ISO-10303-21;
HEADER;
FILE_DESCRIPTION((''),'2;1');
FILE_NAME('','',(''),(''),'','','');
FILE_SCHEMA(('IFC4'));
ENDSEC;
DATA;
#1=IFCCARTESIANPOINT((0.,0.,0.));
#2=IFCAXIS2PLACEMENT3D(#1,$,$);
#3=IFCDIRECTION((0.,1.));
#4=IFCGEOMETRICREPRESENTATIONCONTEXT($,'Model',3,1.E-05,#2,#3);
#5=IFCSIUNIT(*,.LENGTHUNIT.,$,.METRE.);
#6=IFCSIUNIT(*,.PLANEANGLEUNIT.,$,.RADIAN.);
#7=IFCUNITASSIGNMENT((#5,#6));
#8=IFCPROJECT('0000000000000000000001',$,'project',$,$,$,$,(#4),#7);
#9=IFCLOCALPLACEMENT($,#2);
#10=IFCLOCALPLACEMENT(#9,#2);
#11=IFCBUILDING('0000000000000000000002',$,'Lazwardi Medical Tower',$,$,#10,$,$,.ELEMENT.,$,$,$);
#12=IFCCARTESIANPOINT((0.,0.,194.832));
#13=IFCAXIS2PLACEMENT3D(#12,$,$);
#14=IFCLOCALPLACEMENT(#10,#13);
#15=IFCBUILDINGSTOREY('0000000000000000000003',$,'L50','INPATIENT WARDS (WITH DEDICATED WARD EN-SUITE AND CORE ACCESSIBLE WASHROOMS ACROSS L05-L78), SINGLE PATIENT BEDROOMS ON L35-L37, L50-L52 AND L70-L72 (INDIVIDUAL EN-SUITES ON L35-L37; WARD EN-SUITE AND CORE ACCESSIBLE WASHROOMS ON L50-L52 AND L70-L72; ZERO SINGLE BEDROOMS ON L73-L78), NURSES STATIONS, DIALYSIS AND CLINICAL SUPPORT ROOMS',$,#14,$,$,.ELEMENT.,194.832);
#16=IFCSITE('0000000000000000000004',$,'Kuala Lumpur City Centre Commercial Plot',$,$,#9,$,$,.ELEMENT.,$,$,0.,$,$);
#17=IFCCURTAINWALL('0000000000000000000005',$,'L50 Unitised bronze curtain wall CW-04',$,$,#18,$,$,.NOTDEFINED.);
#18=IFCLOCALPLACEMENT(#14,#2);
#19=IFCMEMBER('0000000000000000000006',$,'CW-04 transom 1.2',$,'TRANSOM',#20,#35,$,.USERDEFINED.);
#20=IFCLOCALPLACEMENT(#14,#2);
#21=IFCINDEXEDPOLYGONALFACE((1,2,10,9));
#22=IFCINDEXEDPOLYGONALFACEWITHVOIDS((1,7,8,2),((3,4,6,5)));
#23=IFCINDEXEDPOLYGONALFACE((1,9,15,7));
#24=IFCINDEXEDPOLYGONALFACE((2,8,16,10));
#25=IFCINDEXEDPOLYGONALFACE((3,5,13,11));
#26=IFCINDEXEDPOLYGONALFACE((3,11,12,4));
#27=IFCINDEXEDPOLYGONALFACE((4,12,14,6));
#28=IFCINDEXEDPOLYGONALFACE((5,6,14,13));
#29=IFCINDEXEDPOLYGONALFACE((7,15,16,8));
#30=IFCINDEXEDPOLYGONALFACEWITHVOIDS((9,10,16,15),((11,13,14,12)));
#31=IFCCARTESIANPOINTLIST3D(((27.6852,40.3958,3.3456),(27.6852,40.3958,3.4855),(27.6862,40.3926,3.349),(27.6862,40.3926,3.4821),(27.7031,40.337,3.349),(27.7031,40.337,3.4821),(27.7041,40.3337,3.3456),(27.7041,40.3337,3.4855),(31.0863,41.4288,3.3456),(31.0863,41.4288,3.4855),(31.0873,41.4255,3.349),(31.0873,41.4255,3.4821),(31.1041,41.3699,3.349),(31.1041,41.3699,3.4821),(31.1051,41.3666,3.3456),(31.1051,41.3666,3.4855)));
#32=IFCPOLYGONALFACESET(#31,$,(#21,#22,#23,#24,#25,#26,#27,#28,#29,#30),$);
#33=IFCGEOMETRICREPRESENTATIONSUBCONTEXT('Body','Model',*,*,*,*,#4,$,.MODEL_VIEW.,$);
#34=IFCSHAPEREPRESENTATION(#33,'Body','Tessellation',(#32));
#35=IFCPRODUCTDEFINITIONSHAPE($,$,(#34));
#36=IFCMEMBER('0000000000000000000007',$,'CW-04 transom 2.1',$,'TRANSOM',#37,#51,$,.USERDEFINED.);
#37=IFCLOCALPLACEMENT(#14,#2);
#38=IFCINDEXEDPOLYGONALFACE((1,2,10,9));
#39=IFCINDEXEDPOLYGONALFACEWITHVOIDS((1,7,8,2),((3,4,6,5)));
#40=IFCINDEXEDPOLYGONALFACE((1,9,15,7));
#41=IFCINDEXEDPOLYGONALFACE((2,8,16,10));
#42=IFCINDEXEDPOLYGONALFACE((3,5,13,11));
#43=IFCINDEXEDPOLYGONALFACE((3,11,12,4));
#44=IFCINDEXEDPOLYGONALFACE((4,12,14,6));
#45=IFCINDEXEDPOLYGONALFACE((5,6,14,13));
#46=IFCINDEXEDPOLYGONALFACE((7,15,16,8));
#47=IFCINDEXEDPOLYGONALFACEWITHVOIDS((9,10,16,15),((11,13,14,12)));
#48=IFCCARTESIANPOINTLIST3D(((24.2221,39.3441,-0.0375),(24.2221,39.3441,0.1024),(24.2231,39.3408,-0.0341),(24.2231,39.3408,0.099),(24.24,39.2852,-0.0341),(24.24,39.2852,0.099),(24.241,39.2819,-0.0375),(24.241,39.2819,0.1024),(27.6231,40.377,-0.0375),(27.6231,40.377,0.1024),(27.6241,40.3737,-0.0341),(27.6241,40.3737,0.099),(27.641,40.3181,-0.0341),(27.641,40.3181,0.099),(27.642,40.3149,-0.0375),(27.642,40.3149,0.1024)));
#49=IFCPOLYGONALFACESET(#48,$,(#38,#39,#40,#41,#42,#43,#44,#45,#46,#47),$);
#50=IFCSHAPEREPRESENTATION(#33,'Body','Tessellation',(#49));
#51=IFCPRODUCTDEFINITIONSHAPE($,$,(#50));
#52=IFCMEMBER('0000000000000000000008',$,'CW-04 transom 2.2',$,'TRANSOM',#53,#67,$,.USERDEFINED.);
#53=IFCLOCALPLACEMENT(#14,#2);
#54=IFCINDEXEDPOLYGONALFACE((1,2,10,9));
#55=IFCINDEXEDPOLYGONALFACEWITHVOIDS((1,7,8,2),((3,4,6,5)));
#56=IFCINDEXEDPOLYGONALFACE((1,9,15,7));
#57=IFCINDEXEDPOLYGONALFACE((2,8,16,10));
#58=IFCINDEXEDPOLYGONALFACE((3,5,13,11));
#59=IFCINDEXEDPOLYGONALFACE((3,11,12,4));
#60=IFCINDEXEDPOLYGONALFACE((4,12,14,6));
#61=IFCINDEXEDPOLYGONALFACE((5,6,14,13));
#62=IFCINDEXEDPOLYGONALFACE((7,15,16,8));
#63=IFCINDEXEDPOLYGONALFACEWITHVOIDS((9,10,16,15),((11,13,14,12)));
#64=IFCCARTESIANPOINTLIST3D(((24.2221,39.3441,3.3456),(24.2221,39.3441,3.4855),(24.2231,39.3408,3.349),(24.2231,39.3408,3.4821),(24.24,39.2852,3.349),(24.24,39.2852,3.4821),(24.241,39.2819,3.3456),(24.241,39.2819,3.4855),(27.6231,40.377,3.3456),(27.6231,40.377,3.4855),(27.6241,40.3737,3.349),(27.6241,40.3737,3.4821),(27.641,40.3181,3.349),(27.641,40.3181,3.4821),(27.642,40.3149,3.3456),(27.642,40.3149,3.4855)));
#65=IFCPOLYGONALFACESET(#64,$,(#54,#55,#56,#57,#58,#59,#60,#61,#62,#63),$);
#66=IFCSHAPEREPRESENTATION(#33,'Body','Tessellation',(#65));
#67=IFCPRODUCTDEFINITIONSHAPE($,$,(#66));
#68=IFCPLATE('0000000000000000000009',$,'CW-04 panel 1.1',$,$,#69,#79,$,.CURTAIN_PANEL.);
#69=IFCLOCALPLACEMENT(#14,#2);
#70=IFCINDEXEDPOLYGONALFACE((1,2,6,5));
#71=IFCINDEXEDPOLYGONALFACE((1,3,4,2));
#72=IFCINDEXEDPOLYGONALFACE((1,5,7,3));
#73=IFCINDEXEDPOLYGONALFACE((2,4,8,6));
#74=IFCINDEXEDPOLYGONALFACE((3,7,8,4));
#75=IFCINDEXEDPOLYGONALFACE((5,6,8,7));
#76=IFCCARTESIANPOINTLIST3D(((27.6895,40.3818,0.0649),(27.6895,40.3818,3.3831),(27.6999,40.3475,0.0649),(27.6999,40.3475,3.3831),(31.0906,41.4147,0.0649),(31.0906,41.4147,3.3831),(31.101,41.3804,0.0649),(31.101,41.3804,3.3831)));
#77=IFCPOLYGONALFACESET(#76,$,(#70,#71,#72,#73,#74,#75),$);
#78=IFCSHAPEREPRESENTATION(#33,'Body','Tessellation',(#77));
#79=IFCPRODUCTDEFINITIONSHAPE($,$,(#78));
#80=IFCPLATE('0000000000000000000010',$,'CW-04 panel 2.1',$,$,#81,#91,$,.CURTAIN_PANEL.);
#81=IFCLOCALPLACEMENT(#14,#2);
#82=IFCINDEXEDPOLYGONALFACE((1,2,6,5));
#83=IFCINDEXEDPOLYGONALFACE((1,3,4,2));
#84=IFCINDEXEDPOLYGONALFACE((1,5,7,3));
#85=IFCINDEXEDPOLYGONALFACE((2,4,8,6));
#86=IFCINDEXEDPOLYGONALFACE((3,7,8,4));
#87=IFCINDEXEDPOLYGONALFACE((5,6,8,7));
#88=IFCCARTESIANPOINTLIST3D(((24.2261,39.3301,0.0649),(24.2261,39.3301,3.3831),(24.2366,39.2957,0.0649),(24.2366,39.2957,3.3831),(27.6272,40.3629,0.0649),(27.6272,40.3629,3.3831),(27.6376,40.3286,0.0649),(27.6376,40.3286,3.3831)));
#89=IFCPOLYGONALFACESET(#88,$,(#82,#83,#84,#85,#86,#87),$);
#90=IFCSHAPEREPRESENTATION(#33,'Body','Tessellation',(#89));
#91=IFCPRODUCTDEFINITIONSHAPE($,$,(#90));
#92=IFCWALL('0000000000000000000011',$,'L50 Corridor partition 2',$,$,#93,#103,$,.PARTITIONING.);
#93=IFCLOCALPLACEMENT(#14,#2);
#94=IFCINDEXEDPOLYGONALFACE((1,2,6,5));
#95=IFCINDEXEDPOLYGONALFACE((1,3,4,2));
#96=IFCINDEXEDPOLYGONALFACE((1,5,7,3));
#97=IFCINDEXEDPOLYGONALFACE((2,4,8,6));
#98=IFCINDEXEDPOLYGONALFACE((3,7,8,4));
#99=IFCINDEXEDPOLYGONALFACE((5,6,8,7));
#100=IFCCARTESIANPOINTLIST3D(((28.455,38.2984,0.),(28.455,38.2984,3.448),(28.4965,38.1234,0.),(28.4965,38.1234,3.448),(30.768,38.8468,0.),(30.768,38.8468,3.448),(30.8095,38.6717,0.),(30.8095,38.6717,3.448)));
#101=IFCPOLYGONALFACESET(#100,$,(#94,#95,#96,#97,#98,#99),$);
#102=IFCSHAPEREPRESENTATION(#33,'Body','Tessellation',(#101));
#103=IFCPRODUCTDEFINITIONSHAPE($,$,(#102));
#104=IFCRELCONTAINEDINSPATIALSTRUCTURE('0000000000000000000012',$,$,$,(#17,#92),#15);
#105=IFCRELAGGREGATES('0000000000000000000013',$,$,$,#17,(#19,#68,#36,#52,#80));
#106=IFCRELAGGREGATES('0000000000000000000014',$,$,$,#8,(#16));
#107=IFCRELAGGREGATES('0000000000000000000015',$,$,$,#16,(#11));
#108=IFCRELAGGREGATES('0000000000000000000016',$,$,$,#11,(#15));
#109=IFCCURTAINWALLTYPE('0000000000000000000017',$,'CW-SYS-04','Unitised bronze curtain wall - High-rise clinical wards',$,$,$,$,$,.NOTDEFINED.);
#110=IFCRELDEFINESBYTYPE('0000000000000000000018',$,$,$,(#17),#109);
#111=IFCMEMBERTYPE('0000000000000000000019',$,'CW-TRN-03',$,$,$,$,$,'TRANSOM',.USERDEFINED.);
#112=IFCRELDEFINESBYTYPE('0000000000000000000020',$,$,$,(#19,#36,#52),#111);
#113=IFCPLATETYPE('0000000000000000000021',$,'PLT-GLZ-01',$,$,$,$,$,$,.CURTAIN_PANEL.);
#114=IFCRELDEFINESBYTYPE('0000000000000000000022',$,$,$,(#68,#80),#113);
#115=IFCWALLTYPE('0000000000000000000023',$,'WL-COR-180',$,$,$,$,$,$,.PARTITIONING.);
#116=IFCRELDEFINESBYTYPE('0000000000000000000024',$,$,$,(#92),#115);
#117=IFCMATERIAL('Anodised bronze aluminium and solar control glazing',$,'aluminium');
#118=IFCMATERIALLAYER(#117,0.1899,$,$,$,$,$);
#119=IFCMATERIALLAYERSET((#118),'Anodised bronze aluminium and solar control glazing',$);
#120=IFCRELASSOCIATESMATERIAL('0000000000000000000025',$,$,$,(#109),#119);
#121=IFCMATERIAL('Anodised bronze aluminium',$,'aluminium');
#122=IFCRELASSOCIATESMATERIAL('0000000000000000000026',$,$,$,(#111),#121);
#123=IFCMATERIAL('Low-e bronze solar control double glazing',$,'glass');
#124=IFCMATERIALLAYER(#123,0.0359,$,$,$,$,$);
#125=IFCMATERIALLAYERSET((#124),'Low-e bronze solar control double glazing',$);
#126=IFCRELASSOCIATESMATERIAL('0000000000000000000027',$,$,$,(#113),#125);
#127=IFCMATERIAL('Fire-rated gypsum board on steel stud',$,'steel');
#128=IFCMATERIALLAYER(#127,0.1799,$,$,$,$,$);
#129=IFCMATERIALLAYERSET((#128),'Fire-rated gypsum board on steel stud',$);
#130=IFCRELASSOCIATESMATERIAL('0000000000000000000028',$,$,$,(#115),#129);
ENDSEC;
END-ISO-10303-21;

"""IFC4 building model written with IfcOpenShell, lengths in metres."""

from ifc_helpers import new_model, si_unit, direction, frame, frame_2d, origin, origin_2d, place, context, subcontext, project, spatial, rectangle, hollow_rectangle, extrude, material, layer, layer_set, material_profile, profile_set, type_object, element, aggregate, save


model = new_model("IFC4")

# Units and contexts
model_context = context("Model", 3, precision=1e-05, world=origin(), true_north=direction((0.0, 1.0)))
body_context = subcontext(model_context, "Body", "Model", "MODEL_VIEW")
ifc_project = project(units=[si_unit("LENGTHUNIT", "METRE"), si_unit("PLANEANGLEUNIT", "RADIAN")], contexts=[model_context])

# Site, building, storey
site_placement = place(None, origin())
site = spatial("IfcSite", under=ifc_project, at=site_placement, Name="Kuala Lumpur City Centre Commercial Plot", CompositionType="ELEMENT", RefElevation=0.0)
building_placement = place(site_placement, origin())
building = spatial("IfcBuilding", under=site, at=building_placement, Name="Lazwardi Medical Tower", CompositionType="ELEMENT")
storey_placement = place(building_placement, frame((0.0, 0.0, 194.832)))
storey = spatial("IfcBuildingStorey", under=building, at=storey_placement, Name="L50", Description="INPATIENT WARDS (WITH DEDICATED WARD EN-SUITE AND CORE ACCESSIBLE WASHROOMS ACROSS L05-L78), SINGLE PATIENT BEDROOMS ON L35-L37, L50-L52 AND L70-L72 (INDIVIDUAL EN-SUITES ON L35-L37; WARD EN-SUITE AND CORE ACCESSIBLE WASHROOMS ON L50-L52 AND L70-L72; ZERO SINGLE BEDROOMS ON L73-L78), NURSES STATIONS, DIALYSIS AND CLINICAL SUPPORT ROOMS", CompositionType="ELEMENT", Elevation=194.832)

# Curtain wall, members, plates
ifc_material_1 = material(Name="Anodised bronze aluminium and solar control glazing", Category="aluminium")
ifc_layer_1 = layer(ifc_material_1, 0.1899)
ifc_layer_set_1 = layer_set([ifc_layer_1], Name="Anodised bronze aluminium and solar control glazing")
curtain_wall_type = type_object("IfcCurtainWallType", Name="CW-SYS-04", Description="Unitised bronze curtain wall - High-rise clinical wards", PredefinedType="NOTDEFINED", material=ifc_layer_set_1)
curtain_wall_placement = place(storey_placement, origin())
curtain_wall = element("IfcCurtainWall", 1, at=curtain_wall_placement, inside=storey, type_object=curtain_wall_type, Name="L50 Unitised bronze curtain wall CW-04", PredefinedType="NOTDEFINED")
ifc_material_2 = material(Name="Anodised bronze aluminium", Category="aluminium")
ifc_material_profile_1 = material_profile(ifc_material_2, hollow_rectangle(XDim=0.0649, YDim=0.1399, WallThickness=0.0034, at=origin_2d()), Name="ALU-TRANSOM 140x65x3.5")
ifc_profile_set_1 = profile_set([ifc_material_profile_1], Name="Anodised bronze aluminium")
member_type_1 = type_object("IfcMemberType", Name="CW-TRN-03", ElementType="TRANSOM", PredefinedType="USERDEFINED", material=ifc_profile_set_1)
member_1_placement = place(storey_placement, frame((31.0957, 41.3977, 3.4155), z_axis=(-0.956843, -0.290604, 0.0), x_axis=(0.290604, -0.956843, 0.0)))
member_1 = element("IfcMember", 2, at=member_1_placement, type_object=member_type_1, Name="CW-04 transom 1.2", ObjectType="TRANSOM", PredefinedType="USERDEFINED", context=body_context, shape_type="SweptSolid", body=[
    extrude(hollow_rectangle(XDim=0.0649, YDim=0.1399, WallThickness=0.0034, at=origin_2d()), origin(), (0.0, 0.0, 1.0), 3.5544),
])
member_2_placement = place(storey_placement, frame((27.6326, 40.3459, 0.0325), z_axis=(-0.956843, -0.290604, 0.0), x_axis=(0.290604, -0.956843, 0.0)))
member_2 = element("IfcMember", 3, at=member_2_placement, type_object=member_type_1, Name="CW-04 transom 2.1", ObjectType="TRANSOM", PredefinedType="USERDEFINED", context=body_context, shape_type="SweptSolid", body=[
    extrude(hollow_rectangle(XDim=0.0649, YDim=0.1399, WallThickness=0.0034, at=origin_2d()), origin(), (0.0, 0.0, 1.0), 3.5544),
])
member_3_placement = place(storey_placement, frame((27.6326, 40.3459, 3.4155), z_axis=(-0.956843, -0.290604, 0.0), x_axis=(0.290604, -0.956843, 0.0)))
member_3 = element("IfcMember", 4, at=member_3_placement, type_object=member_type_1, Name="CW-04 transom 2.2", ObjectType="TRANSOM", PredefinedType="USERDEFINED", context=body_context, shape_type="SweptSolid", body=[
    extrude(hollow_rectangle(XDim=0.0649, YDim=0.1399, WallThickness=0.0034, at=origin_2d()), origin(), (0.0, 0.0, 1.0), 3.5544),
])
ifc_material_3 = material(Name="Low-e bronze solar control double glazing", Category="glass")
ifc_layer_2 = layer(ifc_material_3, 0.0359)
ifc_layer_set_2 = layer_set([ifc_layer_2], Name="Low-e bronze solar control double glazing")
plate_type = type_object("IfcPlateType", Name="PLT-GLZ-01", PredefinedType="CURTAIN_PANEL", material=ifc_layer_set_2)
plate_1_placement = place(storey_placement, frame((29.3953, 40.8811, 0.0649), z_axis=(0.0, 0.0, 1.0), x_axis=(-0.95685, -0.290582, 0.0)))
plate_1 = element("IfcPlate", 5, at=plate_1_placement, type_object=plate_type, Name="CW-04 panel 1.1", PredefinedType="CURTAIN_PANEL", context=body_context, shape_type="SweptSolid", body=[
    extrude(rectangle(XDim=3.5544, YDim=0.0359, at=origin_2d()), origin(), (0.0, 0.0, 1.0), 3.3181),
])
plate_2_placement = place(storey_placement, frame((25.9319, 39.8293, 0.0649), z_axis=(0.0, 0.0, 1.0), x_axis=(-0.95685, -0.290582, 0.0)))
plate_2 = element("IfcPlate", 6, at=plate_2_placement, type_object=plate_type, Name="CW-04 panel 2.1", PredefinedType="CURTAIN_PANEL", context=body_context, shape_type="SweptSolid", body=[
    extrude(rectangle(XDim=3.5544, YDim=0.0359, at=origin_2d()), origin(), (0.0, 0.0, 1.0), 3.3181),
])
aggregate(curtain_wall, [member_1, plate_1, member_2, member_3, plate_2])

# Wall
ifc_material_4 = material(Name="Fire-rated gypsum board on steel stud", Category="steel")
ifc_layer_3 = layer(ifc_material_4, 0.1799)
ifc_layer_set_3 = layer_set([ifc_layer_3], Name="Fire-rated gypsum board on steel stud")
wall_type_1 = type_object("IfcWallType", Name="WL-COR-180", PredefinedType="PARTITIONING", material=ifc_layer_set_3)
wall_1_placement = place(storey_placement, frame((28.4758, 38.2109, 0.0), z_axis=(0.0, 0.0, 1.0), x_axis=(0.973031, 0.230676, 0.0)))
element("IfcWall", 7, at=wall_1_placement, inside=storey, type_object=wall_type_1, Name="L50 Corridor partition 2", PredefinedType="PARTITIONING", context=body_context, shape_type="SweptSolid", body=[
    extrude(rectangle(XDim=2.3772, YDim=0.1799, at=frame_2d((1.1885, 0.0))), origin(), (0.0, 0.0, 1.0), 3.448),
])

save(model, "model.ifc")
